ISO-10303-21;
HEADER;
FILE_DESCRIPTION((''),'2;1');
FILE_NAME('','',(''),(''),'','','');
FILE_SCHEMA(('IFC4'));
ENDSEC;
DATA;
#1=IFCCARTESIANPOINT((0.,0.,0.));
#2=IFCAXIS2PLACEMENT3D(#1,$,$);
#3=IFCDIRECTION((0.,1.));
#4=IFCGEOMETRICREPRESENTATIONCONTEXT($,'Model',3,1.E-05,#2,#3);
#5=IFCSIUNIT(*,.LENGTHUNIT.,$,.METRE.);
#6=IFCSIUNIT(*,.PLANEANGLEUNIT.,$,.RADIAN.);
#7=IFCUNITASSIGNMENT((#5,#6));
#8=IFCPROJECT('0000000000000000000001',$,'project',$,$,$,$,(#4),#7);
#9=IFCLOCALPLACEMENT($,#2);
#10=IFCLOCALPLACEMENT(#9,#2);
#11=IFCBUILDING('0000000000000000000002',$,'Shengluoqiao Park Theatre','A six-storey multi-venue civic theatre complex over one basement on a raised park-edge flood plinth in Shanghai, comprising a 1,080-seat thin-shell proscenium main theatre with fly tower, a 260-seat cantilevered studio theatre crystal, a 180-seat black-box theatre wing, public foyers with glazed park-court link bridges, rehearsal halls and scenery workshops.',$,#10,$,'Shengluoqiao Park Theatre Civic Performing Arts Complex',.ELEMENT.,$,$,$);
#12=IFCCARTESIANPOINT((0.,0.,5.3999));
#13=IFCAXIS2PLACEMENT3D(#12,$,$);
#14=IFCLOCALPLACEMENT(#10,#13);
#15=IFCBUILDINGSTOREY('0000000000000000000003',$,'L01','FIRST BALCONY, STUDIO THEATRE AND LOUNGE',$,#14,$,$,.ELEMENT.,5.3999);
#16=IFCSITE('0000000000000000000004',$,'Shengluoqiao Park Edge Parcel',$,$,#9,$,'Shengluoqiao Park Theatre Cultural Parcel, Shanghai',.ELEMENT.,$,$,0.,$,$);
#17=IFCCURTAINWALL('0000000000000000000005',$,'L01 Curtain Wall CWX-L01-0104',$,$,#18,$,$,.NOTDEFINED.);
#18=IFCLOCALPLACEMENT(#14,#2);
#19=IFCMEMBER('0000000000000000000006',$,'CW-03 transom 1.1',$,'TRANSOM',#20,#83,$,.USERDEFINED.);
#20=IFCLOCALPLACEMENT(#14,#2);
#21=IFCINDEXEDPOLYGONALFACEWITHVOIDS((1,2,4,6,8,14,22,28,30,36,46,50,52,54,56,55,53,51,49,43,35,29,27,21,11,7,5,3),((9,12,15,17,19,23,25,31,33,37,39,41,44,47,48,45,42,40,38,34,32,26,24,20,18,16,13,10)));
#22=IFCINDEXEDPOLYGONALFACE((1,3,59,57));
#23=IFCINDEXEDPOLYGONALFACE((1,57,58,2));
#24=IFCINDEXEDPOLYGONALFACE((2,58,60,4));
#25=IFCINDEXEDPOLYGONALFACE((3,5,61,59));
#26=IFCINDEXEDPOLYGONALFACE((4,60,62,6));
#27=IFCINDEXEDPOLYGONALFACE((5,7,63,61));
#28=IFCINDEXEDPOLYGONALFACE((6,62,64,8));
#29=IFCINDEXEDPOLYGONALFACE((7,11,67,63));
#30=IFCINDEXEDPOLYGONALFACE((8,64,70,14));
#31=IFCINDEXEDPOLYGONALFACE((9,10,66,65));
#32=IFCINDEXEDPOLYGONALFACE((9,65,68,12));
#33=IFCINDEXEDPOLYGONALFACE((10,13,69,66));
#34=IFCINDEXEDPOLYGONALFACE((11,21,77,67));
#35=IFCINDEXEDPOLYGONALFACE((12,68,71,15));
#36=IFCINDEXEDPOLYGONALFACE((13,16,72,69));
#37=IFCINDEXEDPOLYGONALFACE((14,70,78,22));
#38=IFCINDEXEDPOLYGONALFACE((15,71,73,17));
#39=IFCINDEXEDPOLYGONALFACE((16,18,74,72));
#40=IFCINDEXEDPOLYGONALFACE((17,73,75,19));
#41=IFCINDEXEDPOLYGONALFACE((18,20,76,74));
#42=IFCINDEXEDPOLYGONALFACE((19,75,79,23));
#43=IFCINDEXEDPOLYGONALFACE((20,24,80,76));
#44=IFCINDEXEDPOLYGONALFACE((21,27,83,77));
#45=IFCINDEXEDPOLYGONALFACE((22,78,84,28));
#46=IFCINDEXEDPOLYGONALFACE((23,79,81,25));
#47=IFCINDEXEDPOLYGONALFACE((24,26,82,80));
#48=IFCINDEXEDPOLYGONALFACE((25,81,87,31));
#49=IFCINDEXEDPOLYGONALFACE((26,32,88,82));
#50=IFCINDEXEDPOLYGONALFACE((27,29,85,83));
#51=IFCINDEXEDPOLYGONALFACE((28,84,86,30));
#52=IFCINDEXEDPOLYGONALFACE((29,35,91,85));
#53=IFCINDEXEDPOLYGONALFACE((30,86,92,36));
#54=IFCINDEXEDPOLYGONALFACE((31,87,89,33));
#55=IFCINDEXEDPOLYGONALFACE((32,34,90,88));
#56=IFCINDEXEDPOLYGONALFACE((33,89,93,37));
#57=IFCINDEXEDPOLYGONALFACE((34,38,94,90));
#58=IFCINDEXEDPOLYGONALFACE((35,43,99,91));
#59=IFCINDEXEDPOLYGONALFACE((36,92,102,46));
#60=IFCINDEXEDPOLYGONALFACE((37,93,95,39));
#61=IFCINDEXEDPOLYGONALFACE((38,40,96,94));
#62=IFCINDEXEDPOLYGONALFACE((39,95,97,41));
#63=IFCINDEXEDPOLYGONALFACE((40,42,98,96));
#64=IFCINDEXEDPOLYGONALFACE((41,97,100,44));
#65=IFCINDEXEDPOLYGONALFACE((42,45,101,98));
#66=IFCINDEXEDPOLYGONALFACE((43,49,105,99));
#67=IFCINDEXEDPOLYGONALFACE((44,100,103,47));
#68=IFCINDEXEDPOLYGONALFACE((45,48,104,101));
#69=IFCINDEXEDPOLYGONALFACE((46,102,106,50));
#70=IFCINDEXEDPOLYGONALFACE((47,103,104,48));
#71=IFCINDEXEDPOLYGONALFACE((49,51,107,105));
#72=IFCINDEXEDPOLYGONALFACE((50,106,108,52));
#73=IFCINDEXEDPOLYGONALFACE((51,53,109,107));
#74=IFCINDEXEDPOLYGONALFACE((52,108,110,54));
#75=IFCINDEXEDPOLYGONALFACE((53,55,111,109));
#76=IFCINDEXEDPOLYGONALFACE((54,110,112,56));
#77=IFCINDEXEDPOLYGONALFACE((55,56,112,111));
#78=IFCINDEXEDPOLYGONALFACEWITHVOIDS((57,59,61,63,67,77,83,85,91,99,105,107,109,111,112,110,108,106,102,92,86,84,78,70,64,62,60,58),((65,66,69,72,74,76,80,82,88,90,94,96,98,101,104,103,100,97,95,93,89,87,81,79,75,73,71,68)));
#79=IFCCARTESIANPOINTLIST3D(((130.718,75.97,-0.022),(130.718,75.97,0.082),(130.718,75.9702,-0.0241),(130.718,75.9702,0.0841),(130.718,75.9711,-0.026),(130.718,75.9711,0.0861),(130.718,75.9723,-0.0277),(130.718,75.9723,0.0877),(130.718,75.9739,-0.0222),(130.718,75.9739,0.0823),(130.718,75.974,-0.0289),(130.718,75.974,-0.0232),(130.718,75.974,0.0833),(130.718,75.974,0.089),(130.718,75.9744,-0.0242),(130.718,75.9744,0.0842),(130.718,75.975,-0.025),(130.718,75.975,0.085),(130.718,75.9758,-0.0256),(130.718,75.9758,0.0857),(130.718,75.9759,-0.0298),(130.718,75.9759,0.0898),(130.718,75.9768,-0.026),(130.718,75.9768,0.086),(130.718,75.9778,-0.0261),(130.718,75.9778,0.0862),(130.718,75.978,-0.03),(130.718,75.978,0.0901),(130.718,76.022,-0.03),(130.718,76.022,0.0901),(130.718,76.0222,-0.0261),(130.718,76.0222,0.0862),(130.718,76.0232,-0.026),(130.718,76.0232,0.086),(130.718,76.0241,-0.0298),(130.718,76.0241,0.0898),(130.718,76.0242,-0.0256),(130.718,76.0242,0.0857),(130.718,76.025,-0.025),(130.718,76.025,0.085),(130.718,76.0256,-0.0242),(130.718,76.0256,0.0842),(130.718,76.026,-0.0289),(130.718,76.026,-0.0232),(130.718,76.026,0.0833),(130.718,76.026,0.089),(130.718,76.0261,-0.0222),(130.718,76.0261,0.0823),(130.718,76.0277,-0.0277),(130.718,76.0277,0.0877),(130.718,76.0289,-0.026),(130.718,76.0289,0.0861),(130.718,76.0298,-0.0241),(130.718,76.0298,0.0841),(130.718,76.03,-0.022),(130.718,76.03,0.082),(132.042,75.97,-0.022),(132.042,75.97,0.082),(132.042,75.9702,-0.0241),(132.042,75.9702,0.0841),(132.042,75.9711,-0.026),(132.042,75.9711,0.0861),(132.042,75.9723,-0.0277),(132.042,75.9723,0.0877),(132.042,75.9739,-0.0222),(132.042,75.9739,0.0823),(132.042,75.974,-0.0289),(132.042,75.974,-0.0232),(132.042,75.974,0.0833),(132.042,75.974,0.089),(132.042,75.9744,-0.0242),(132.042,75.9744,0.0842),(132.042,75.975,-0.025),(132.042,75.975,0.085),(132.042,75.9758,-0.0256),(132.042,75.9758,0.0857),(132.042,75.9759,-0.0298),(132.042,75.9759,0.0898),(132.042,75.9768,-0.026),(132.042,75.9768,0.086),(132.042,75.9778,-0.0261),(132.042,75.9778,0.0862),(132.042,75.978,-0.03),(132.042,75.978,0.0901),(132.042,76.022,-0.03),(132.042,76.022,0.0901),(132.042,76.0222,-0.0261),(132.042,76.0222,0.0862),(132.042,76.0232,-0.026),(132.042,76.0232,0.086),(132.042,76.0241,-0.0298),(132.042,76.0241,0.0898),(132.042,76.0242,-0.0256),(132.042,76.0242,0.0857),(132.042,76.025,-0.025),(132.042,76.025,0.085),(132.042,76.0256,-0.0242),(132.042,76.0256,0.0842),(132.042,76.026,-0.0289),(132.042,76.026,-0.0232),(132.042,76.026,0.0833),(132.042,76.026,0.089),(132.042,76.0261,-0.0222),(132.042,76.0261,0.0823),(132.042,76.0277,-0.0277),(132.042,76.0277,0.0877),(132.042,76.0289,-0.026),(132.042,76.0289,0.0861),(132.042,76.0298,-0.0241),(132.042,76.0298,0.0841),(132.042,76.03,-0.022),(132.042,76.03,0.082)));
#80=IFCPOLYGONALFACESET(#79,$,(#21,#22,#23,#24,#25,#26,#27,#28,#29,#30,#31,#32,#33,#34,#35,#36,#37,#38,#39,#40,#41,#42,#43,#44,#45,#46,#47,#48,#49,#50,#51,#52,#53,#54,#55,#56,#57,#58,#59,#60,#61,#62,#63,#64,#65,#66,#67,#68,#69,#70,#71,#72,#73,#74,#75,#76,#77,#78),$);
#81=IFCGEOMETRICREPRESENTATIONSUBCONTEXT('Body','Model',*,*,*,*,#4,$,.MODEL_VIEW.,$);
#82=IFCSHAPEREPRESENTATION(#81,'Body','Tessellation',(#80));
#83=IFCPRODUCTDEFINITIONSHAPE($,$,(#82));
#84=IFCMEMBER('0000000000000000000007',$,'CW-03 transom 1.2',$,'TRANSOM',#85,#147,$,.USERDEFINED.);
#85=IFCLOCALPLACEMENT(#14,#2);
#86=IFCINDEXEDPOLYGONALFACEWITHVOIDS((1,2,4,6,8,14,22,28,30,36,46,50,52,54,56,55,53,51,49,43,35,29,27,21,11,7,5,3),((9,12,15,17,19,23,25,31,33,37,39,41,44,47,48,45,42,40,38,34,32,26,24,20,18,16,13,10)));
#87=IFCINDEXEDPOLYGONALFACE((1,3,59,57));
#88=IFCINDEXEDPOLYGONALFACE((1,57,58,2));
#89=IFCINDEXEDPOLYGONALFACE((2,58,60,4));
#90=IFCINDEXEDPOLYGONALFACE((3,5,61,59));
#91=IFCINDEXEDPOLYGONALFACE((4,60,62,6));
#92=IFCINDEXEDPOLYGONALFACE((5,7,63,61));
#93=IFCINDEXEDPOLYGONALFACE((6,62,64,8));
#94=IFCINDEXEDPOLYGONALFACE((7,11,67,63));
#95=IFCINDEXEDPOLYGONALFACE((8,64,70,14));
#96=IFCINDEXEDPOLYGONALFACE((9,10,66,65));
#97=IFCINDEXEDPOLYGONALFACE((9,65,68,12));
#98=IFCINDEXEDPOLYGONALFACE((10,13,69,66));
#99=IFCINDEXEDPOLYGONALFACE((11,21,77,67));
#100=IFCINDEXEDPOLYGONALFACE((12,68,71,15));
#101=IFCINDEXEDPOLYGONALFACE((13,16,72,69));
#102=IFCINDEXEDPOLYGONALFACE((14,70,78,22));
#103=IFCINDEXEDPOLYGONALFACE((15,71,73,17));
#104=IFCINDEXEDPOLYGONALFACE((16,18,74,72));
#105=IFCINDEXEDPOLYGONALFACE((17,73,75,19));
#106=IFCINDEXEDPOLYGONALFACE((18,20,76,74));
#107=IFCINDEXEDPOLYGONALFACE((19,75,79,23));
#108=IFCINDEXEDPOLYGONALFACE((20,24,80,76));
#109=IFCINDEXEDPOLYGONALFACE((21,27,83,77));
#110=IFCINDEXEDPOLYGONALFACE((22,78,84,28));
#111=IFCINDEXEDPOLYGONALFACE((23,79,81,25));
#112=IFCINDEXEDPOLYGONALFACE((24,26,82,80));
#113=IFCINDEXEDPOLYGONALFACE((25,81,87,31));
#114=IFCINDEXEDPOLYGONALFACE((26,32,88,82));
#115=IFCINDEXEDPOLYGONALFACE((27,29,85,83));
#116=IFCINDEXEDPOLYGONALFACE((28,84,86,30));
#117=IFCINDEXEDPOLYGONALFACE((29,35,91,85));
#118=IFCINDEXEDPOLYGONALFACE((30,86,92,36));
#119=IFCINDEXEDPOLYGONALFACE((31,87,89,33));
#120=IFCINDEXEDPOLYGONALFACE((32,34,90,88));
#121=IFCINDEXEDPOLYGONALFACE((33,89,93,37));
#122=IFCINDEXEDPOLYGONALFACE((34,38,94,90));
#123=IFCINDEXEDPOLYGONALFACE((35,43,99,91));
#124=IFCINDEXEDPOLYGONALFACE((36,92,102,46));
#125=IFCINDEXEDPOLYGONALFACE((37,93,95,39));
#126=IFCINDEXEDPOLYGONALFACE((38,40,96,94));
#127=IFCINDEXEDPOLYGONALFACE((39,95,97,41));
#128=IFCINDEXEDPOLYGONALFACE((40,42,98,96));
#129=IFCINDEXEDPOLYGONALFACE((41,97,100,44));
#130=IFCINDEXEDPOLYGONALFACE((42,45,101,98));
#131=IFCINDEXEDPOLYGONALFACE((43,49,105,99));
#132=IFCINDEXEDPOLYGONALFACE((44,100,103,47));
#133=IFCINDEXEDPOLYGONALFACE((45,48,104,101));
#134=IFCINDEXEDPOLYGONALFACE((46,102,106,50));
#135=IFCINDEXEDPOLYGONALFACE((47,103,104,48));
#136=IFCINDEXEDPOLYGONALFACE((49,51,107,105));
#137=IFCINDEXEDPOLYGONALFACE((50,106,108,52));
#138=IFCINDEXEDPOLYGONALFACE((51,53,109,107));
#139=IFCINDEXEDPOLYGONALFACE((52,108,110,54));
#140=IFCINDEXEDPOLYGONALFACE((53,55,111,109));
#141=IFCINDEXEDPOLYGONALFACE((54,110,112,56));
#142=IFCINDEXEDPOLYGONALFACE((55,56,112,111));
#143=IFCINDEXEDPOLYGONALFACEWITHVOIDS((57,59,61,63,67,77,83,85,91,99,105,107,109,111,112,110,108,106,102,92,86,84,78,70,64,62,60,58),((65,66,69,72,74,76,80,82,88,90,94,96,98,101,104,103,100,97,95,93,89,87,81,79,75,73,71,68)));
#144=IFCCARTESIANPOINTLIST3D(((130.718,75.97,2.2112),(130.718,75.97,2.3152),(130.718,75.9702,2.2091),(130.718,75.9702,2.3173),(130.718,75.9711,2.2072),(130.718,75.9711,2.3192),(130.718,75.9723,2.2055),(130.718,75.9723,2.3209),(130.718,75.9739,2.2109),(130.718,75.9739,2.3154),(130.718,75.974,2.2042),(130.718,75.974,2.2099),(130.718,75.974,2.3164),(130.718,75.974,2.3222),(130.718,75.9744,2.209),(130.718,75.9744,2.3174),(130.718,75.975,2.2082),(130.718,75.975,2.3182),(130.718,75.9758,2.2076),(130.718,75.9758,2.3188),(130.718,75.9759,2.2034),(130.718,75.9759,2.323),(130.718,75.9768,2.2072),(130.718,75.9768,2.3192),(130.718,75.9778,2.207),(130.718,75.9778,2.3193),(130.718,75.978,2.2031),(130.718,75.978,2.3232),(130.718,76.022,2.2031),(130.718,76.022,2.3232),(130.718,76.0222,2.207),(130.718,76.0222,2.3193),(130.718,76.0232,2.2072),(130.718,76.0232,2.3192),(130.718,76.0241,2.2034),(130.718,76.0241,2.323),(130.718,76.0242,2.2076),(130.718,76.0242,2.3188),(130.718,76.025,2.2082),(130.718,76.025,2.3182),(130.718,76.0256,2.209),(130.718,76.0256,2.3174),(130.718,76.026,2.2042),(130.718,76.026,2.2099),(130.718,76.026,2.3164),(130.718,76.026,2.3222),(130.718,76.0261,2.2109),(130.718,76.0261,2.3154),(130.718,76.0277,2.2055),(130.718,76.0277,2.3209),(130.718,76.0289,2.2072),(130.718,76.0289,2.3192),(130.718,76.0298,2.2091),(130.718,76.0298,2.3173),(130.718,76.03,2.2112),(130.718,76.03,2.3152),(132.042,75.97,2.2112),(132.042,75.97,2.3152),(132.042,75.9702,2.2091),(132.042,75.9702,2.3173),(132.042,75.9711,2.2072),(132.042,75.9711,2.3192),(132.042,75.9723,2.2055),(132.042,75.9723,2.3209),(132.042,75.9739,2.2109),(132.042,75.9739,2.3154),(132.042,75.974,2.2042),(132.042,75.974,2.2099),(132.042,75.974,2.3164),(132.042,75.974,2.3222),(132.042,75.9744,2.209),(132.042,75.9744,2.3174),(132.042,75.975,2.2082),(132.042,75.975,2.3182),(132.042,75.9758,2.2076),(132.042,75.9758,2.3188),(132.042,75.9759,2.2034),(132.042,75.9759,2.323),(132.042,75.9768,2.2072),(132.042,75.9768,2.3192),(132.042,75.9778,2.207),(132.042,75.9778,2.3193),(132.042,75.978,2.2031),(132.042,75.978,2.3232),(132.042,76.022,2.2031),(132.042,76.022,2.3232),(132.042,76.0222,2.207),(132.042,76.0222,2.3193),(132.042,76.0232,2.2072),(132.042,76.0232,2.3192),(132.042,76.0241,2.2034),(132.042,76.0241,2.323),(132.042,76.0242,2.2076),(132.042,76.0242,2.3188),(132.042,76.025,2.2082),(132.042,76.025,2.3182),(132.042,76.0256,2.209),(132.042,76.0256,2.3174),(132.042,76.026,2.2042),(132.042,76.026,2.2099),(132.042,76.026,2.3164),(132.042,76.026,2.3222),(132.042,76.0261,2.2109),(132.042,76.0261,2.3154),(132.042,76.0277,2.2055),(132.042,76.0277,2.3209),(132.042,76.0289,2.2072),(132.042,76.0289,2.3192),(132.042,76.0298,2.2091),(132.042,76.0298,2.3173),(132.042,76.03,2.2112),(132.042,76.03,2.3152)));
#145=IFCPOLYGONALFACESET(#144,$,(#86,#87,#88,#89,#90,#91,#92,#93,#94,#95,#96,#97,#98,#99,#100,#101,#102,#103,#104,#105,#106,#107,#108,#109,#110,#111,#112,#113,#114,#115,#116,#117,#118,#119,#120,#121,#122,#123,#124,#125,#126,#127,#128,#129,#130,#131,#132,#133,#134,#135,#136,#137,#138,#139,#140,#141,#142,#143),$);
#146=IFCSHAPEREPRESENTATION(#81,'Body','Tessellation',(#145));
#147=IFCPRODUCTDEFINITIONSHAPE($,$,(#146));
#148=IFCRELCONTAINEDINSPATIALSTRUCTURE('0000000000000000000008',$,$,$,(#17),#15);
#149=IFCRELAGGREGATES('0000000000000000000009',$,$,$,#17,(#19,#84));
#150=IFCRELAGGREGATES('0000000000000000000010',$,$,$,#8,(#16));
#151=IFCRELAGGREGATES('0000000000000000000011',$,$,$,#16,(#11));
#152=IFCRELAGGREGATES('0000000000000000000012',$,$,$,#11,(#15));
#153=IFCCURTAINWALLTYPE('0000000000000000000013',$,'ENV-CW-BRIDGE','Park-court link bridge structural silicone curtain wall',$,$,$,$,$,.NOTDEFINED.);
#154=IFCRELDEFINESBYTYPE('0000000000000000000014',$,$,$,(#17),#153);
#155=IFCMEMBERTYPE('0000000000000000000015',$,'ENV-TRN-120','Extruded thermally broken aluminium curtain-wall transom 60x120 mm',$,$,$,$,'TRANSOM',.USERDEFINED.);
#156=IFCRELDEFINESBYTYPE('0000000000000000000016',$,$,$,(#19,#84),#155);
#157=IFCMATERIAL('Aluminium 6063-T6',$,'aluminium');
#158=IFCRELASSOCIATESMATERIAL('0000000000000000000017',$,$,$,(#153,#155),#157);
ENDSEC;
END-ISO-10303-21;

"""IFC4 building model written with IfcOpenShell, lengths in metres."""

from ifc_helpers import new_model, si_unit, direction, frame, origin, origin_2d, place, context, subcontext, project, spatial, hollow_rectangle, extrude, material, material_profile, profile_set, type_object, element, aggregate, save


model = new_model("IFC4")

# Units and contexts
model_context = context("Model", 3, precision=1e-05, world=origin(), true_north=direction((0.0, 1.0)))
body_context = subcontext(model_context, "Body", "Model", "MODEL_VIEW")
ifc_project = project(units=[si_unit("LENGTHUNIT", "METRE"), si_unit("PLANEANGLEUNIT", "RADIAN")], contexts=[model_context])

# Site, building, storey
site_placement = place(None, origin())
site = spatial("IfcSite", under=ifc_project, at=site_placement, Name="Shengluoqiao Park Edge Parcel", LongName="Shengluoqiao Park Theatre Cultural Parcel, Shanghai", CompositionType="ELEMENT", RefElevation=0.0)
building_placement = place(site_placement, origin())
building = spatial("IfcBuilding", under=site, at=building_placement, Name="Shengluoqiao Park Theatre", Description="A six-storey multi-venue civic theatre complex over one basement on a raised park-edge flood plinth in Shanghai, comprising a 1,080-seat thin-shell proscenium main theatre with fly tower, a 260-seat cantilevered studio theatre crystal, a 180-seat black-box theatre wing, public foyers with glazed park-court link bridges, rehearsal halls and scenery workshops.", LongName="Shengluoqiao Park Theatre Civic Performing Arts Complex", CompositionType="ELEMENT")
storey_placement = place(building_placement, frame((0.0, 0.0, 5.3999)))
storey = spatial("IfcBuildingStorey", under=building, at=storey_placement, Name="L01", Description="FIRST BALCONY, STUDIO THEATRE AND LOUNGE", CompositionType="ELEMENT", Elevation=5.3999)

# Shared definitions
ifc_material_1 = material(Name="Aluminium 6063-T6", Category="aluminium")
curtain_wall_type = type_object("IfcCurtainWallType", Name="ENV-CW-BRIDGE", Description="Park-court link bridge structural silicone curtain wall", PredefinedType="NOTDEFINED", material=ifc_material_1)

# Curtain wall
curtain_wall_1_placement = place(storey_placement, origin())
curtain_wall_1 = element("IfcCurtainWall", 1, at=curtain_wall_1_placement, inside=storey, type_object=curtain_wall_type, Name="L01 Curtain Wall CWX-L01-0104", PredefinedType="NOTDEFINED")

# Members
ifc_material_profile_1 = material_profile(ifc_material_1, hollow_rectangle(XDim=0.0601, YDim=0.1201, WallThickness=0.0039, InnerFilletRadius=0.0039, OuterFilletRadius=0.0081, at=origin_2d()), Name="ALU TRANSOM 120x60x4")
ifc_profile_set_1 = profile_set([ifc_material_profile_1], Name="Aluminium 6063-T6")
member_type_1 = type_object("IfcMemberType", Name="ENV-TRN-120", Description="Extruded thermally broken aluminium curtain-wall transom 60x120 mm", ElementType="TRANSOM", PredefinedType="USERDEFINED", material=ifc_profile_set_1)
member_1_placement = place(storey_placement, frame((130.718, 76.0, 0.03), z_axis=(1.0, 0.0, 0.0), x_axis=(0.0, 1.0, 0.0)))
member_1 = element("IfcMember", 2, at=member_1_placement, type_object=member_type_1, Name="CW-03 transom 1.1", ObjectType="TRANSOM", PredefinedType="USERDEFINED", context=body_context, shape_type="SweptSolid", body=[
    extrude(hollow_rectangle(XDim=0.0601, YDim=0.1201, WallThickness=0.0039, InnerFilletRadius=0.0039, OuterFilletRadius=0.0081, at=origin_2d()), origin(), (0.0, 0.0, 1.0), 1.324),
])
member_2_placement = place(storey_placement, frame((130.718, 76.0, 2.2632), z_axis=(1.0, 0.0, 0.0), x_axis=(0.0, 1.0, 0.0)))
member_2 = element("IfcMember", 3, at=member_2_placement, type_object=member_type_1, Name="CW-03 transom 1.2", ObjectType="TRANSOM", PredefinedType="USERDEFINED", context=body_context, shape_type="SweptSolid", body=[
    extrude(hollow_rectangle(XDim=0.0601, YDim=0.1201, WallThickness=0.0039, InnerFilletRadius=0.0039, OuterFilletRadius=0.0081, at=origin_2d()), origin(), (0.0, 0.0, 1.0), 1.324),
])

aggregate(curtain_wall_1, [member_1, member_2])

save(model, "model.ifc")
